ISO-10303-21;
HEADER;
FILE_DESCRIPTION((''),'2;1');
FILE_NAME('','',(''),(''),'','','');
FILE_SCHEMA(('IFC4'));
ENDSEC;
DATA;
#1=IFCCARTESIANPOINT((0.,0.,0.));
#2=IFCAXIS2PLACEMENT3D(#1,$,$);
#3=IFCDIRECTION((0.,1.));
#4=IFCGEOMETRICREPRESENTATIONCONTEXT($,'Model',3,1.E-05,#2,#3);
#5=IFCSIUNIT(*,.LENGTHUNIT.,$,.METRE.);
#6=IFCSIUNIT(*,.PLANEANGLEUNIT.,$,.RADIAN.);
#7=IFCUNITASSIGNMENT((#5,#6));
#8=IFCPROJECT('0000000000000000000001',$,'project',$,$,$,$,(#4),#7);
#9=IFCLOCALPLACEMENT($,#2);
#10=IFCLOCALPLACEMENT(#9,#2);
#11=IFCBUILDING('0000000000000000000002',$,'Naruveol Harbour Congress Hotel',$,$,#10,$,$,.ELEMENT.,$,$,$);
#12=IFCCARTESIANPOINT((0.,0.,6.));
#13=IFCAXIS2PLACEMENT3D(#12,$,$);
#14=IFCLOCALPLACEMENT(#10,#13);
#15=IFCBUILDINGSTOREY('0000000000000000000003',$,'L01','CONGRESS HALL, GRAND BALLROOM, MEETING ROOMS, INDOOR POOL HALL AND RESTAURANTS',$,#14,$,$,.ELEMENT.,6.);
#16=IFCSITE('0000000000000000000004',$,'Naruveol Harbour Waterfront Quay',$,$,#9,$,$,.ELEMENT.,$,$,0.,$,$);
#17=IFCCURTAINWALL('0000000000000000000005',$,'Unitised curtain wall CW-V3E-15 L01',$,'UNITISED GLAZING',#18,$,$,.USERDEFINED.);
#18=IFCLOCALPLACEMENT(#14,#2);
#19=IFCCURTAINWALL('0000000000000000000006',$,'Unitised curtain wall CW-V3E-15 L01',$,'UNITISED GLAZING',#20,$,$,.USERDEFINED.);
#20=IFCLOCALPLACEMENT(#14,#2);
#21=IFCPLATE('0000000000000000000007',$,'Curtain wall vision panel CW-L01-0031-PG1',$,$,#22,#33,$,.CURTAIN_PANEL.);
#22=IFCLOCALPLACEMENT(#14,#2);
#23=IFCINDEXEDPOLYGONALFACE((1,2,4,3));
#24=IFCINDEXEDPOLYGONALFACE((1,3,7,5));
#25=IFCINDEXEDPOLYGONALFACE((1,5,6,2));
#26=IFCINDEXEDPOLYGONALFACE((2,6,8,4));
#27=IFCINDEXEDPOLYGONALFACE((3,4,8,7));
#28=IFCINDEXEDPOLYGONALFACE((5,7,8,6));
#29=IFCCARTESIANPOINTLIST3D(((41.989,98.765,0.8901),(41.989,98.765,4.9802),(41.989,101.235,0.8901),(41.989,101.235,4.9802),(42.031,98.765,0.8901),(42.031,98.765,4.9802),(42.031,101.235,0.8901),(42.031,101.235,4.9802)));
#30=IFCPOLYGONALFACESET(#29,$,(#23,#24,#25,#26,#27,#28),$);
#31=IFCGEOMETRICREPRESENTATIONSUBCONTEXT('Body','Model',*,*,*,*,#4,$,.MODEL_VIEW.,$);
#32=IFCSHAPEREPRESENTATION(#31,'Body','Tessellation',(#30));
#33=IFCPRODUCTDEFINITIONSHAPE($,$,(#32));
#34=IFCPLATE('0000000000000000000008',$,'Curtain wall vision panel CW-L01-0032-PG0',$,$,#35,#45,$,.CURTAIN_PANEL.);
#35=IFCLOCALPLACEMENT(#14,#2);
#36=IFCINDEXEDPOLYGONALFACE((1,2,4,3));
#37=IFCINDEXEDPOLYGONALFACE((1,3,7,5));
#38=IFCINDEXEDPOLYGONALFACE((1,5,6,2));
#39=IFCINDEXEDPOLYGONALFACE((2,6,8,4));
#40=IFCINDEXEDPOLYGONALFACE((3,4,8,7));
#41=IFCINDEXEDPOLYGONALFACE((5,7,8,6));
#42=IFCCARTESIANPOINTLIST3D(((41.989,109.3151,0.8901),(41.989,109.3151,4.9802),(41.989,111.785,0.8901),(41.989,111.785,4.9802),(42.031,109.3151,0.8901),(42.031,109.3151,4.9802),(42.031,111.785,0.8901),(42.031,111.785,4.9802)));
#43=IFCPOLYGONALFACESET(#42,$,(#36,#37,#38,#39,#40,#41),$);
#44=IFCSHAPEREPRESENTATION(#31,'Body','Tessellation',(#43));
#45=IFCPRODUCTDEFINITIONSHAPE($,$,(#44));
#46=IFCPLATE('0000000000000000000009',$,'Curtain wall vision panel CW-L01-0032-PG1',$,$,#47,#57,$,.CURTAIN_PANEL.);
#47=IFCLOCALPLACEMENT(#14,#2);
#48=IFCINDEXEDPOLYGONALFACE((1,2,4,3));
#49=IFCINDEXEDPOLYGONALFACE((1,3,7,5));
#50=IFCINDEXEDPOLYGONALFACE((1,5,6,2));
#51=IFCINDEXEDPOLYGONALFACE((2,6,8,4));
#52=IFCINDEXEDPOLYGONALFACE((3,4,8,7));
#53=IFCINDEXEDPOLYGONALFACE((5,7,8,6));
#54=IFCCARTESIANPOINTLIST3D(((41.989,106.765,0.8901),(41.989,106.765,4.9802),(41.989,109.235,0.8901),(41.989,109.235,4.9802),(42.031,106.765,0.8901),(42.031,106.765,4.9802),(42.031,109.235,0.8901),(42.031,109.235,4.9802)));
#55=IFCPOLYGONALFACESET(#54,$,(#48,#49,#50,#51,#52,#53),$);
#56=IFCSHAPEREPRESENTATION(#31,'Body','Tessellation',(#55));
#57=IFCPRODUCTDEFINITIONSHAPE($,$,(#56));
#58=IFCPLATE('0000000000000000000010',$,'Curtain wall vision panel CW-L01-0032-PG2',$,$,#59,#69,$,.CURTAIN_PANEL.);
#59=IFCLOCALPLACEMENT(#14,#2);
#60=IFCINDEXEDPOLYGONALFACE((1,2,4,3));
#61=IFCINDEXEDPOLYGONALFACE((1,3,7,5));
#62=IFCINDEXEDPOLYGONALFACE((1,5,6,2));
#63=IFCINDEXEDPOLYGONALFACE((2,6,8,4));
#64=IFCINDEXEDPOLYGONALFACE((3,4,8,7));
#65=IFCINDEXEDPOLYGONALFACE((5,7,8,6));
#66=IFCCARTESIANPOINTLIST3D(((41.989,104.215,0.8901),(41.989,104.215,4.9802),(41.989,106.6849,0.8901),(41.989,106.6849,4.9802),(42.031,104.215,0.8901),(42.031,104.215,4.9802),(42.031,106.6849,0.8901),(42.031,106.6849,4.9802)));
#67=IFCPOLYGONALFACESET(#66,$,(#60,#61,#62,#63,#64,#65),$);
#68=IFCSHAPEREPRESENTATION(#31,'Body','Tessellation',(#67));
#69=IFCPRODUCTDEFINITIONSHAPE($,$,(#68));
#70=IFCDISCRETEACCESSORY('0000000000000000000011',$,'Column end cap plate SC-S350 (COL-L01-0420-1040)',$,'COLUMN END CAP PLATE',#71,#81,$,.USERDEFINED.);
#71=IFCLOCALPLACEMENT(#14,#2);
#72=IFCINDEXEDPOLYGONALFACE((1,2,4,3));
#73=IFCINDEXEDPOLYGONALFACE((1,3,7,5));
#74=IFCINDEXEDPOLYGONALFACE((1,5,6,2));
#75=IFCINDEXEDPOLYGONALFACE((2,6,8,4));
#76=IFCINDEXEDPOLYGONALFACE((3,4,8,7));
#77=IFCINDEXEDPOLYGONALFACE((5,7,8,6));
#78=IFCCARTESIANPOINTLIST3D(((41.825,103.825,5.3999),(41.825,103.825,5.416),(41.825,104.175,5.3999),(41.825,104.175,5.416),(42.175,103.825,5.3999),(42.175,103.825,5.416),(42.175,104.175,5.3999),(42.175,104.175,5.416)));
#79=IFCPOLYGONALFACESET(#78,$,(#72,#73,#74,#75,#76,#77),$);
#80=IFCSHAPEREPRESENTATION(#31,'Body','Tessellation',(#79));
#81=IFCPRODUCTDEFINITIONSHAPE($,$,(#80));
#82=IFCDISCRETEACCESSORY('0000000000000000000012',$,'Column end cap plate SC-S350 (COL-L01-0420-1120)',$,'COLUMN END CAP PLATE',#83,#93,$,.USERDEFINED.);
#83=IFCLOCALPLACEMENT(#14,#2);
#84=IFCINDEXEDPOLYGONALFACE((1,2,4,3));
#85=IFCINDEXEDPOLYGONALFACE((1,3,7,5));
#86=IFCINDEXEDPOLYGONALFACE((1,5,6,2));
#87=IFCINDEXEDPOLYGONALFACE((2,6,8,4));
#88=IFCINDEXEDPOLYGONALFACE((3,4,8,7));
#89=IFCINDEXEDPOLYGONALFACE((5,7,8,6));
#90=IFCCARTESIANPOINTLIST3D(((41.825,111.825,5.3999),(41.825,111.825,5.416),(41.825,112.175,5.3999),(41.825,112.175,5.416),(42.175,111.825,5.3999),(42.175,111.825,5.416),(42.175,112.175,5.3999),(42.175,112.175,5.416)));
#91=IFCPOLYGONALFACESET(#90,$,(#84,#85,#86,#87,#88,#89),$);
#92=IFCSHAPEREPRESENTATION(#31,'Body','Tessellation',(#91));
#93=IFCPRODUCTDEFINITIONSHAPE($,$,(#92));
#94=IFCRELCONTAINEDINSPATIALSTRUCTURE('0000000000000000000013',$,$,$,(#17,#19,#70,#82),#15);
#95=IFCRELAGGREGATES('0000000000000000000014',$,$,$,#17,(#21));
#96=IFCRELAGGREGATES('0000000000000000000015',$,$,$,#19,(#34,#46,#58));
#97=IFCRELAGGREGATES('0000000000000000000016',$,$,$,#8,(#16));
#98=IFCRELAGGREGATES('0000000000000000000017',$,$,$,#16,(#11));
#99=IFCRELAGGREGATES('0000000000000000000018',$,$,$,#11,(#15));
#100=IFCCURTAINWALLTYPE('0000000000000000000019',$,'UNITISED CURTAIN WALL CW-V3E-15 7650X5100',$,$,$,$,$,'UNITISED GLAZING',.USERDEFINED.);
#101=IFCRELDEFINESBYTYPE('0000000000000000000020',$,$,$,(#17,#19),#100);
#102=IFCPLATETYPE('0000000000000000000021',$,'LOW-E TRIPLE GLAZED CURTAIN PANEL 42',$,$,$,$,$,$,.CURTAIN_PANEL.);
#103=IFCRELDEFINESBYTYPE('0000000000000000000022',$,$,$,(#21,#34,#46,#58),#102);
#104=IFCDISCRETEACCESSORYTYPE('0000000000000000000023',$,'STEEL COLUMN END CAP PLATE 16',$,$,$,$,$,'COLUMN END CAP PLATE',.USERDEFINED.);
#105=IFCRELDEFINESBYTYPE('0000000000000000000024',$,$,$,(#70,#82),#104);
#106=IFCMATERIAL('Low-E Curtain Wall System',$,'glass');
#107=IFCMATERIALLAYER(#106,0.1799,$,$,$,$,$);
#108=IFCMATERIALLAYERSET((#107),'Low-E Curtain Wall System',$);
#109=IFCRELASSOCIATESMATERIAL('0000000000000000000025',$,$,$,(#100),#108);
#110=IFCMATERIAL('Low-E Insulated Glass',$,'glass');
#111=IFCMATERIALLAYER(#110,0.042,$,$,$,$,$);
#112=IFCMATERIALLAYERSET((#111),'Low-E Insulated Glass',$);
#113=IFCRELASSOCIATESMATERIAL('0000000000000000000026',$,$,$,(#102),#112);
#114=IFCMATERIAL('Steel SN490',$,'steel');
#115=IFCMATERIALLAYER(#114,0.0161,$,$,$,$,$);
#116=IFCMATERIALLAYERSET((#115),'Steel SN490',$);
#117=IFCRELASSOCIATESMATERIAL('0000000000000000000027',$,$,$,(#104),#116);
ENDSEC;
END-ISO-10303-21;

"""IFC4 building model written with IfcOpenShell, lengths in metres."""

from ifc_helpers import new_model, si_unit, direction, frame, origin, origin_2d, place, context, subcontext, project, spatial, rectangle, extrude, material, layer, layer_set, type_object, element, aggregate, save


model = new_model("IFC4")

# Units and contexts
model_context = context("Model", 3, precision=1e-05, world=origin(), true_north=direction((0.0, 1.0)))
body_context = subcontext(model_context, "Body", "Model", "MODEL_VIEW")
ifc_project = project(units=[si_unit("LENGTHUNIT", "METRE"), si_unit("PLANEANGLEUNIT", "RADIAN")], contexts=[model_context])

# Site, building, storey
site_placement = place(None, origin())
site = spatial("IfcSite", under=ifc_project, at=site_placement, Name="Naruveol Harbour Waterfront Quay", CompositionType="ELEMENT", RefElevation=0.0)
building_placement = place(site_placement, origin())
building = spatial("IfcBuilding", under=site, at=building_placement, Name="Naruveol Harbour Congress Hotel", CompositionType="ELEMENT")
storey_placement = place(building_placement, frame((0.0, 0.0, 6.0)))
storey = spatial("IfcBuildingStorey", under=building, at=storey_placement, Name="L01", Description="CONGRESS HALL, GRAND BALLROOM, MEETING ROOMS, INDOOR POOL HALL AND RESTAURANTS", CompositionType="ELEMENT", Elevation=6.0)

# Curtain walls
ifc_material_1 = material(Name="Low-E Curtain Wall System", Category="glass")
ifc_layer_1 = layer(ifc_material_1, 0.1799)
ifc_layer_set_1 = layer_set([ifc_layer_1], Name="Low-E Curtain Wall System")
curtain_wall_type = type_object("IfcCurtainWallType", Name="UNITISED CURTAIN WALL CW-V3E-15 7650X5100", ElementType="UNITISED GLAZING", PredefinedType="USERDEFINED", material=ifc_layer_set_1)
curtain_wall_1_placement = place(storey_placement, origin())
curtain_wall_1 = element("IfcCurtainWall", 1, at=curtain_wall_1_placement, inside=storey, type_object=curtain_wall_type, Name="Unitised curtain wall CW-V3E-15 L01", ObjectType="UNITISED GLAZING", PredefinedType="USERDEFINED")
curtain_wall_2_placement = place(storey_placement, origin())
curtain_wall_2 = element("IfcCurtainWall", 2, at=curtain_wall_2_placement, inside=storey, type_object=curtain_wall_type, Name="Unitised curtain wall CW-V3E-15 L01", ObjectType="UNITISED GLAZING", PredefinedType="USERDEFINED")

# Plates
ifc_material_2 = material(Name="Low-E Insulated Glass", Category="glass")
ifc_layer_2 = layer(ifc_material_2, 0.042)
ifc_layer_set_2 = layer_set([ifc_layer_2], Name="Low-E Insulated Glass")
plate_type_1 = type_object("IfcPlateType", Name="LOW-E TRIPLE GLAZED CURTAIN PANEL 42", PredefinedType="CURTAIN_PANEL", material=ifc_layer_set_2)
plate_1_placement = place(storey_placement, frame((42.01, 100.0, 0.8901), z_axis=(0.0, 0.0, 1.0), x_axis=(0.0, -1.0, 0.0)))
plate_1 = element("IfcPlate", 3, at=plate_1_placement, type_object=plate_type_1, Name="Curtain wall vision panel CW-L01-0031-PG1", PredefinedType="CURTAIN_PANEL", context=body_context, shape_type="SweptSolid", body=[
    extrude(rectangle(XDim=2.47, YDim=0.042, at=origin_2d()), origin(), (0.0, 0.0, 1.0), 4.0901),
])
aggregate(curtain_wall_1, [plate_1])
plate_2_placement = place(storey_placement, frame((42.01, 110.55, 0.8901), z_axis=(0.0, 0.0, 1.0), x_axis=(0.0, -1.0, 0.0)))
plate_2 = element("IfcPlate", 4, at=plate_2_placement, type_object=plate_type_1, Name="Curtain wall vision panel CW-L01-0032-PG0", PredefinedType="CURTAIN_PANEL", context=body_context, shape_type="SweptSolid", body=[
    extrude(rectangle(XDim=2.47, YDim=0.042, at=origin_2d()), origin(), (0.0, 0.0, 1.0), 4.0901),
])
plate_3_placement = place(storey_placement, frame((42.01, 108.0, 0.8901), z_axis=(0.0, 0.0, 1.0), x_axis=(0.0, -1.0, 0.0)))
plate_3 = element("IfcPlate", 5, at=plate_3_placement, type_object=plate_type_1, Name="Curtain wall vision panel CW-L01-0032-PG1", PredefinedType="CURTAIN_PANEL", context=body_context, shape_type="SweptSolid", body=[
    extrude(rectangle(XDim=2.47, YDim=0.042, at=origin_2d()), origin(), (0.0, 0.0, 1.0), 4.0901),
])
plate_4_placement = place(storey_placement, frame((42.01, 105.45, 0.8901), z_axis=(0.0, 0.0, 1.0), x_axis=(0.0, -1.0, 0.0)))
plate_4 = element("IfcPlate", 6, at=plate_4_placement, type_object=plate_type_1, Name="Curtain wall vision panel CW-L01-0032-PG2", PredefinedType="CURTAIN_PANEL", context=body_context, shape_type="SweptSolid", body=[
    extrude(rectangle(XDim=2.47, YDim=0.042, at=origin_2d()), origin(), (0.0, 0.0, 1.0), 4.0901),
])
aggregate(curtain_wall_2, [plate_2, plate_3, plate_4])

# Discrete accessories
ifc_material_3 = material(Name="Steel SN490", Category="steel")
ifc_layer_3 = layer(ifc_material_3, 0.0161)
ifc_layer_set_3 = layer_set([ifc_layer_3], Name="Steel SN490")
discrete_accessory_type = type_object("IfcDiscreteAccessoryType", Name="STEEL COLUMN END CAP PLATE 16", ElementType="COLUMN END CAP PLATE", PredefinedType="USERDEFINED", material=ifc_layer_set_3)
for number, where, z_axis, x_axis, name in (
    (7, (42.0, 104.0, 5.3999), (0.0, 0.0, 1.0), (1.0, 0.0, 0.0), "Column end cap plate SC-S350 (COL-L01-0420-1040)"),
    (8, (42.0, 112.0, 5.3999), (0.0, 0.0, 1.0), (1.0, 0.0, 0.0), "Column end cap plate SC-S350 (COL-L01-0420-1120)"),
):
    element("IfcDiscreteAccessory", number, at=place(storey_placement, frame(where, z_axis=z_axis, x_axis=x_axis)), inside=storey, type_object=discrete_accessory_type, Name=name, ObjectType="COLUMN END CAP PLATE", PredefinedType="USERDEFINED", context=body_context, shape_type="SweptSolid", body=[
        extrude(rectangle(XDim=0.3501, YDim=0.3501, at=origin_2d()), origin(), (0.0, 0.0, 1.0), 0.0161),
    ])

save(model, "model.ifc")
